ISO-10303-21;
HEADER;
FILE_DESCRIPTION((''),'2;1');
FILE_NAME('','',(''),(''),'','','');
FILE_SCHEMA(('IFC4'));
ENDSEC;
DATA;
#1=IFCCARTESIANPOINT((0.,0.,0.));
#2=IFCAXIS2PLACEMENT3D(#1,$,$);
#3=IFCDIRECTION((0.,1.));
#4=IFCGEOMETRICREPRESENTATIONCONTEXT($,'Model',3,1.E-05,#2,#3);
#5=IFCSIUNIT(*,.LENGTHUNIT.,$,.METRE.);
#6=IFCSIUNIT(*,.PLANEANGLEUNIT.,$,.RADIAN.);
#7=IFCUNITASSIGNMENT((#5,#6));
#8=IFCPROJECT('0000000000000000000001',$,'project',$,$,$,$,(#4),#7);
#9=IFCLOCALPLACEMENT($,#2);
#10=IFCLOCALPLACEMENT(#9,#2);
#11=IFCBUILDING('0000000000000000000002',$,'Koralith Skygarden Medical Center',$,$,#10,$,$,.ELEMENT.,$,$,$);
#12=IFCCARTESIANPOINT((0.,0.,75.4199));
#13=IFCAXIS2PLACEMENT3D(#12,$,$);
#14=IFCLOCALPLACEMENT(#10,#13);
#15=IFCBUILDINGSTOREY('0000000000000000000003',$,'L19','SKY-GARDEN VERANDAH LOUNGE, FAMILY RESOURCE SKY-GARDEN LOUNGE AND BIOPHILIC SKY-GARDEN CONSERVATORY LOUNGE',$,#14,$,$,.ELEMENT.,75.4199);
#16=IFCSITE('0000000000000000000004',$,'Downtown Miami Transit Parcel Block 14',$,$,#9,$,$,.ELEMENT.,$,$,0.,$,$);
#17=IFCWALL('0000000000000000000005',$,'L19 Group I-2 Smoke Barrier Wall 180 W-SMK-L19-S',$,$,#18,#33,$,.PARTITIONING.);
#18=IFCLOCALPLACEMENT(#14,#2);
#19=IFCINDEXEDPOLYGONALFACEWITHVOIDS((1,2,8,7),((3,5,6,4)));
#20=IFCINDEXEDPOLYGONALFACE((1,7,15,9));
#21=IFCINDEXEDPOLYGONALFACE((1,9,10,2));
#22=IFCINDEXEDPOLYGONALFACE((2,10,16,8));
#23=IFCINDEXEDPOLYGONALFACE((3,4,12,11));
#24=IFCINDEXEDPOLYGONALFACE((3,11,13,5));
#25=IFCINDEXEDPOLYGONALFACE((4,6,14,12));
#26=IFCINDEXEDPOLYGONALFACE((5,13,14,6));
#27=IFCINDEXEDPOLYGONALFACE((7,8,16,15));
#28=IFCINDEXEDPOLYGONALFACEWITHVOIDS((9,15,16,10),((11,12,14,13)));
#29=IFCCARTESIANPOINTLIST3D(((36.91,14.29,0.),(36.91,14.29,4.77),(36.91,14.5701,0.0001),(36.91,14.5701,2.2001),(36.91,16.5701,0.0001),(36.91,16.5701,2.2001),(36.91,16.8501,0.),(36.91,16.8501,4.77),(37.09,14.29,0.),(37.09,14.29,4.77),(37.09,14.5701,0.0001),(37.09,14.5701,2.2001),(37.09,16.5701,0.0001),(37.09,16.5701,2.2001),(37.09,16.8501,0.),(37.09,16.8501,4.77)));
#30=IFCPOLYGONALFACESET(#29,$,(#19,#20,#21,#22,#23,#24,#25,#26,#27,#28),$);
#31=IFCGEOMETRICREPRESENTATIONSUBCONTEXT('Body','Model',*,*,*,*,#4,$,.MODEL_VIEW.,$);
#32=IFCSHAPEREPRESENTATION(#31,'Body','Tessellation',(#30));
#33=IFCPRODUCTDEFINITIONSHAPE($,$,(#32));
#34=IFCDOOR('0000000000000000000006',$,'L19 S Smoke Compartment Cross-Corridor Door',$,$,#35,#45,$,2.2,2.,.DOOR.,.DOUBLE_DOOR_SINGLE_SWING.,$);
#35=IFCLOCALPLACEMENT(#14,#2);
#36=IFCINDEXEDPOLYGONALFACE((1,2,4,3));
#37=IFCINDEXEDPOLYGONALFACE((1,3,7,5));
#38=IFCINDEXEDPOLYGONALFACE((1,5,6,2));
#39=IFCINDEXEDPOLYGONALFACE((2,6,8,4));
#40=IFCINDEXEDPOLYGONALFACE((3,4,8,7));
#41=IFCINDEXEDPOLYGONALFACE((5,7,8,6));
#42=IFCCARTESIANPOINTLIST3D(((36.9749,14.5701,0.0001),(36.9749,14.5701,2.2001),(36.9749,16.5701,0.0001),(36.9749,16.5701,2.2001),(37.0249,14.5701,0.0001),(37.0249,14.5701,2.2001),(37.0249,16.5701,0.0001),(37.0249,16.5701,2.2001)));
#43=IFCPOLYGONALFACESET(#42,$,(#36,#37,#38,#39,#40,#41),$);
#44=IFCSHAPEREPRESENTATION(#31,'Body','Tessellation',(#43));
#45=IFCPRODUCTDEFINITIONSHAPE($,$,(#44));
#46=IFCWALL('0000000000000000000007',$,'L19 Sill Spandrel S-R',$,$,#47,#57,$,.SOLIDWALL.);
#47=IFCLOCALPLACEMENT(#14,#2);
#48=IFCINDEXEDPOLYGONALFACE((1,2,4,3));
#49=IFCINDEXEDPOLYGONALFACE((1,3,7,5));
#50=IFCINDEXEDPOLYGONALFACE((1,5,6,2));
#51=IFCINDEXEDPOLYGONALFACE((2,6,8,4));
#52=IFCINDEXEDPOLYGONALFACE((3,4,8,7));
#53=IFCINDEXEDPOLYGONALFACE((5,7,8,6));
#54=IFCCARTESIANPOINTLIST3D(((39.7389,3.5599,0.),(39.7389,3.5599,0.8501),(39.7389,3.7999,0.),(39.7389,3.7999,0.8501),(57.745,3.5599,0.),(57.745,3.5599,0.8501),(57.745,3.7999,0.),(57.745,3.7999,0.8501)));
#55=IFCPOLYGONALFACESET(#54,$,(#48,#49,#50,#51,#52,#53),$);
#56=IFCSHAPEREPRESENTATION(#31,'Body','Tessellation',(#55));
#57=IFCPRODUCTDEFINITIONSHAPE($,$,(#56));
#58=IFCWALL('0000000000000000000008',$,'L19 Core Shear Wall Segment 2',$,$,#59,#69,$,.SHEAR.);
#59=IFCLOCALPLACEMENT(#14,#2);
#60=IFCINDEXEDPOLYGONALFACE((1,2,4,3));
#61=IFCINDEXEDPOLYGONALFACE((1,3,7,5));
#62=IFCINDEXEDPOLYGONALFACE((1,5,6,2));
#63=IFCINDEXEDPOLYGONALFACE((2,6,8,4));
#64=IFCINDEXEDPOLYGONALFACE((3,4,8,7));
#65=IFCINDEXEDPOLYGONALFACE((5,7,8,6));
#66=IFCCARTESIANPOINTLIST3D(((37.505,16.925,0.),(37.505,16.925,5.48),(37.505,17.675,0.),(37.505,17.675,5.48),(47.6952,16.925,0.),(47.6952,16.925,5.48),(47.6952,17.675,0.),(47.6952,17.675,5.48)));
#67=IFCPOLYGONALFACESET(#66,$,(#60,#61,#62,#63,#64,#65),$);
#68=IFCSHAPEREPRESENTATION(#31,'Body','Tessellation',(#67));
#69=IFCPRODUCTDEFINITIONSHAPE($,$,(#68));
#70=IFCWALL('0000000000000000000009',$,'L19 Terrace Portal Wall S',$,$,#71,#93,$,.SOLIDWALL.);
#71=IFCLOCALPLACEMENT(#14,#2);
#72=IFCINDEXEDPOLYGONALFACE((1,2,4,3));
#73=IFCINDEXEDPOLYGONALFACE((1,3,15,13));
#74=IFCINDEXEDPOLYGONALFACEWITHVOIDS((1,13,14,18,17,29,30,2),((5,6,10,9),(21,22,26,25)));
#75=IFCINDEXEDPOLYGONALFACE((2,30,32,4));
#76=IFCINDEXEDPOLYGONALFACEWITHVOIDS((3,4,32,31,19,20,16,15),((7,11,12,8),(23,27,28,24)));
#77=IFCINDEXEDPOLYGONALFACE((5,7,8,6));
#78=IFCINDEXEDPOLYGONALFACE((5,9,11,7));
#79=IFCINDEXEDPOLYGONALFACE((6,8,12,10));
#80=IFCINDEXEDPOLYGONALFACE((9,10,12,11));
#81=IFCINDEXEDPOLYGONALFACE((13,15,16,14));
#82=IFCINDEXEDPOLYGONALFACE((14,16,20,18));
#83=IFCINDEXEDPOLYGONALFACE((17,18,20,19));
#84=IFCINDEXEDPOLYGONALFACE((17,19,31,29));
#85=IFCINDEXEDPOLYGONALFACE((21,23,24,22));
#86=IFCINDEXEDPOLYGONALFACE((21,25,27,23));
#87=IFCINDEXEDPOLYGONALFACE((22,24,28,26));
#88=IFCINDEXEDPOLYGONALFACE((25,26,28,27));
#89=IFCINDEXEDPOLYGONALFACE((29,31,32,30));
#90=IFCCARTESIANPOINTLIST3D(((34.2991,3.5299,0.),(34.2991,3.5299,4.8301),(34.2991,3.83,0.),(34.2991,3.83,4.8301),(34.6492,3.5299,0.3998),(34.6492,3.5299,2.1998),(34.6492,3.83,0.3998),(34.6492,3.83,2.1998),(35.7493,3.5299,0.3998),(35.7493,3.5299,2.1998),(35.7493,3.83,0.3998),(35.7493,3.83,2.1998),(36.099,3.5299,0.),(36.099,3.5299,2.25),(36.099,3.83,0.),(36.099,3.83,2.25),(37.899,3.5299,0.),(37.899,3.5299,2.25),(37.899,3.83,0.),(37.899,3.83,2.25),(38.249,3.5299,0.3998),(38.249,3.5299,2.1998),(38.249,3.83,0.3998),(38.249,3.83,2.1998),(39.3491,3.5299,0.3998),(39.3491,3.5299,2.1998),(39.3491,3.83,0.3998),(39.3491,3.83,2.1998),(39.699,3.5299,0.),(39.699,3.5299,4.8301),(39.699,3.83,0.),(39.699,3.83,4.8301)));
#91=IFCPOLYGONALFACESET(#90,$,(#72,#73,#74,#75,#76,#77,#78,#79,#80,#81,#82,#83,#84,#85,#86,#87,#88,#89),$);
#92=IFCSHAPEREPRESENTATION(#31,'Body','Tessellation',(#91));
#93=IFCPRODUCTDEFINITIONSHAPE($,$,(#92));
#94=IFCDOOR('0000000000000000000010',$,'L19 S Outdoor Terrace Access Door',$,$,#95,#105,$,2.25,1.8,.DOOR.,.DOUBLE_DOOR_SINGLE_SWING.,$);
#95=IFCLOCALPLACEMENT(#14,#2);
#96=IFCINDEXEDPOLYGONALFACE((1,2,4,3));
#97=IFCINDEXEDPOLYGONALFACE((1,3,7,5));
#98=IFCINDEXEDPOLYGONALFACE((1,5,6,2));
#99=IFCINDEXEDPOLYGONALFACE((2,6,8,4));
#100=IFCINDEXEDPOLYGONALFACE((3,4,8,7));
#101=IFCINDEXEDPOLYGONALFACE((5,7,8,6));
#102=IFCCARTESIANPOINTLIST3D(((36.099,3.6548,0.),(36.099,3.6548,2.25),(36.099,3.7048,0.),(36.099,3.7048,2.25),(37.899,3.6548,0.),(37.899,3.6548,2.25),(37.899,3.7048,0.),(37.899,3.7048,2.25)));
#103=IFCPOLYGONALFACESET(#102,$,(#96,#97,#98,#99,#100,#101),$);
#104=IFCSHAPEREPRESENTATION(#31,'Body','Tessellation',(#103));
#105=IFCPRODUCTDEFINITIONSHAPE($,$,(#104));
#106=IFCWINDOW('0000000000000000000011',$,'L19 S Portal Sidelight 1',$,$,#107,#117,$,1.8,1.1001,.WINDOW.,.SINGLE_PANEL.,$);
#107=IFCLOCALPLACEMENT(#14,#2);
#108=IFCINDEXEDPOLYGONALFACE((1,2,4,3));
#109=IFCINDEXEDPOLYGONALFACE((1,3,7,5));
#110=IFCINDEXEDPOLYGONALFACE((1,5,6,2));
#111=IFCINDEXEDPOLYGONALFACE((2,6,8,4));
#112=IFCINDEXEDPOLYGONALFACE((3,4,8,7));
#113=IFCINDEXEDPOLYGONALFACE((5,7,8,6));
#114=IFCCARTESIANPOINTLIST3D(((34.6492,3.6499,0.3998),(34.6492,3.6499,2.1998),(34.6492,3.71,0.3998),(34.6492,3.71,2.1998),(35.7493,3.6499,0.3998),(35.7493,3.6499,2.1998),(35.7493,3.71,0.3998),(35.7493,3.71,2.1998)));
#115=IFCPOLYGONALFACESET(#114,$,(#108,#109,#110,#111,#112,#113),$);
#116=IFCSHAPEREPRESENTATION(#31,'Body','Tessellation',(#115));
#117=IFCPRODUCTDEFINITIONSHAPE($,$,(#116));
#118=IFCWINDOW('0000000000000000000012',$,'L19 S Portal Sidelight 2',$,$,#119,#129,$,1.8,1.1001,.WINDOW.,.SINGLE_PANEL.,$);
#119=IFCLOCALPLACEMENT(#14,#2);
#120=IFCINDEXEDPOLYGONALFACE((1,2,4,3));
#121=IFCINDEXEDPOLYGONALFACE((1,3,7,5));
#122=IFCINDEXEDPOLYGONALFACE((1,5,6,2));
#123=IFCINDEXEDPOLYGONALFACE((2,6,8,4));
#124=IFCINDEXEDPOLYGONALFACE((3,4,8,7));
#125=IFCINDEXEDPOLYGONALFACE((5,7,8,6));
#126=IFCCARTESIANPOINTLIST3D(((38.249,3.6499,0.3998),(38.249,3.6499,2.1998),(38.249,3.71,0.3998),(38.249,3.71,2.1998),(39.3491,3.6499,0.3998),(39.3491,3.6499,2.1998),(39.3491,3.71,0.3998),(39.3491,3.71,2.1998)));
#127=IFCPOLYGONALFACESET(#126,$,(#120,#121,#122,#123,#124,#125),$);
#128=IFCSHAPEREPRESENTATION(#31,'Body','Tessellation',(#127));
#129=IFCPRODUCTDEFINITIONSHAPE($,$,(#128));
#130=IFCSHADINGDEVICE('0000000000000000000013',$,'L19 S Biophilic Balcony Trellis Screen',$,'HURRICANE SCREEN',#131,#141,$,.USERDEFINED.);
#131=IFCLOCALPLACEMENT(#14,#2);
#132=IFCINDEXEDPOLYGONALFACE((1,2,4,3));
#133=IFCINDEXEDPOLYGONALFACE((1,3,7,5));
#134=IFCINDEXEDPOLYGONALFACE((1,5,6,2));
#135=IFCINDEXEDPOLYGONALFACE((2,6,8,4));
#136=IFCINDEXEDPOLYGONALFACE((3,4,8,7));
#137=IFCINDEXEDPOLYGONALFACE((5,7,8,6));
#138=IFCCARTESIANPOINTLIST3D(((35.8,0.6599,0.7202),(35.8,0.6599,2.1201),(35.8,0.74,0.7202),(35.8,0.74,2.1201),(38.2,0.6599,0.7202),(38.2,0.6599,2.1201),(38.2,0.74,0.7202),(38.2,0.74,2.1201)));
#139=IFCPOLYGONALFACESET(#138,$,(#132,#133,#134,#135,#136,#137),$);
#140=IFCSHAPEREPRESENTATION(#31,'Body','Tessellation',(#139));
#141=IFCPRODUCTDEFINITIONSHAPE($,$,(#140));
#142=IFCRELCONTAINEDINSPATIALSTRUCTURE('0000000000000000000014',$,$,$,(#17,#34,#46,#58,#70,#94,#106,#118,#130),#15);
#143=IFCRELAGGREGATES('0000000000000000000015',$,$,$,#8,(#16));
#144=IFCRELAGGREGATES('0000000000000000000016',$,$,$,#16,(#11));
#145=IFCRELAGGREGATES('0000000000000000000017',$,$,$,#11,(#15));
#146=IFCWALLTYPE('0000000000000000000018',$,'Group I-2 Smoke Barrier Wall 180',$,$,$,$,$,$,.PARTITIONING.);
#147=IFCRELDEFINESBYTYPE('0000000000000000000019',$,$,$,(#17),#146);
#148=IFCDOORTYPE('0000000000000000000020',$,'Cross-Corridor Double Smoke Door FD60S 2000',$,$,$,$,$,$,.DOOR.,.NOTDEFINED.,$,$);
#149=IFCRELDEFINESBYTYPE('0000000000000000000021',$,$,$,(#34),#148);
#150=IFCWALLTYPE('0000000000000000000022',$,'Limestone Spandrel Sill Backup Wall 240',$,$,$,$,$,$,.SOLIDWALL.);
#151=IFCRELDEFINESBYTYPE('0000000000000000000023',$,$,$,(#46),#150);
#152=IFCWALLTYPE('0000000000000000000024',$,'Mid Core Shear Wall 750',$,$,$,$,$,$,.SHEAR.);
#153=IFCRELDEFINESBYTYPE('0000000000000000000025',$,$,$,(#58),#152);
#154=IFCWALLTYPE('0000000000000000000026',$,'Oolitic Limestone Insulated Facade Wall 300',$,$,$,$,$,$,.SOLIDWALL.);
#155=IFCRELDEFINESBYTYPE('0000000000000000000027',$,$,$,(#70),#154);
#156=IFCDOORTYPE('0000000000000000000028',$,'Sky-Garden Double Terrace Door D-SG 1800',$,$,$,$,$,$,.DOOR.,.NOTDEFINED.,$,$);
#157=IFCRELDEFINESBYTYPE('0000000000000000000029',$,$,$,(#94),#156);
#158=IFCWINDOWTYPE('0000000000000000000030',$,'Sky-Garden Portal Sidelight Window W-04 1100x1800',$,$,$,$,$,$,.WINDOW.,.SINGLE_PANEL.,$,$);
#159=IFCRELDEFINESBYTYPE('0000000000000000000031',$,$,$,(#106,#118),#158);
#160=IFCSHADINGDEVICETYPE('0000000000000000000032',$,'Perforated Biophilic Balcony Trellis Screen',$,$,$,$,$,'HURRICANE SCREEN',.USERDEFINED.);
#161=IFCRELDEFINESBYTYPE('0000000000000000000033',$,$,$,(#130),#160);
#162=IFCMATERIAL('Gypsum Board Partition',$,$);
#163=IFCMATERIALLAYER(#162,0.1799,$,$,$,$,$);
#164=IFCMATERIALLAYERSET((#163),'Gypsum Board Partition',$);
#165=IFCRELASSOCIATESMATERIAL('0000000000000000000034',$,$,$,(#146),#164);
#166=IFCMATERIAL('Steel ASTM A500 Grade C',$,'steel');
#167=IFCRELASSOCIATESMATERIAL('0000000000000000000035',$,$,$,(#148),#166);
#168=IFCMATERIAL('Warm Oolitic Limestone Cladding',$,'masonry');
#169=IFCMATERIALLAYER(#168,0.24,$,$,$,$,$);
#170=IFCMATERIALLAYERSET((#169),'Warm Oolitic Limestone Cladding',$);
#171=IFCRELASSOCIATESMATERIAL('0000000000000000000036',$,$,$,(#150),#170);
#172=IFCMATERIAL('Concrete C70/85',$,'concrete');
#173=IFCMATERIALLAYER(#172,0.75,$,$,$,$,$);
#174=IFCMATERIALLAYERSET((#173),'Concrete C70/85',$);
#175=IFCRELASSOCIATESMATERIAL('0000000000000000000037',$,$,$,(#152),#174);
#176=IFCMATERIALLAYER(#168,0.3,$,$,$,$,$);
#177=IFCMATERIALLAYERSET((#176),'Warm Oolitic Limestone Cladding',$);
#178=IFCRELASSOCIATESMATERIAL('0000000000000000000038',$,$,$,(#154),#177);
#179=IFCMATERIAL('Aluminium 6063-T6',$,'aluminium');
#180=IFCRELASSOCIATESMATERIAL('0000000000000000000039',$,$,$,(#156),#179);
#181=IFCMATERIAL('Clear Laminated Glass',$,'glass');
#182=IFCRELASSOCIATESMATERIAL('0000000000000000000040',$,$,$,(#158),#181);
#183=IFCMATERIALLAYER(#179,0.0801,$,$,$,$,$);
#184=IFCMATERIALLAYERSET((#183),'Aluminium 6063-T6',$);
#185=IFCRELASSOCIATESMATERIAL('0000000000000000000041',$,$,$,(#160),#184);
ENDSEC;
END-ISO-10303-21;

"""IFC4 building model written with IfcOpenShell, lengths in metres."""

from ifc_helpers import new_model, si_unit, direction, frame, frame_2d, origin, origin_2d, place, context, subcontext, project, spatial, rectangle, extrude, material, layer, layer_set, type_object, element, fill, save


model = new_model("IFC4")

# Units and contexts
model_context = context("Model", 3, precision=1e-05, world=origin(), true_north=direction((0.0, 1.0)))
body_context = subcontext(model_context, "Body", "Model", "MODEL_VIEW")
ifc_project = project(units=[si_unit("LENGTHUNIT", "METRE"), si_unit("PLANEANGLEUNIT", "RADIAN")], contexts=[model_context])

# Site, building, storey
site_placement = place(None, origin())
site = spatial("IfcSite", under=ifc_project, at=site_placement, Name="Downtown Miami Transit Parcel Block 14", CompositionType="ELEMENT", RefElevation=0.0)
building_placement = place(site_placement, origin())
building = spatial("IfcBuilding", under=site, at=building_placement, Name="Koralith Skygarden Medical Center", CompositionType="ELEMENT")
storey_placement = place(building_placement, frame((0.0, 0.0, 75.4199)))
storey = spatial("IfcBuildingStorey", under=building, at=storey_placement, Name="L19", Description="SKY-GARDEN VERANDAH LOUNGE, FAMILY RESOURCE SKY-GARDEN LOUNGE AND BIOPHILIC SKY-GARDEN CONSERVATORY LOUNGE", CompositionType="ELEMENT", Elevation=75.4199)

# Shared definitions
ifc_material_1 = material(Name="Concrete C70/85", Category="concrete")

# Shared definitions
ifc_material_2 = material(Name="Clear Laminated Glass", Category="glass")
ifc_material_3 = material(Name="Aluminium 6063-T6", Category="aluminium")

# Shared definitions
ifc_material_4 = material(Name="Gypsum Board Partition")

# Wall, opening, door
ifc_layer_1 = layer(ifc_material_4, 0.1799)
ifc_layer_set_1 = layer_set([ifc_layer_1], Name="Gypsum Board Partition")
wall_type_1 = type_object("IfcWallType", Name="Group I-2 Smoke Barrier Wall 180", PredefinedType="PARTITIONING", material=ifc_layer_set_1)
wall_1_placement = place(storey_placement, frame((37.0, 14.29, 0.0), z_axis=(0.0, 0.0, 1.0), x_axis=(0.0, 1.0, 0.0)))
wall_1 = element("IfcWall", 1, at=wall_1_placement, inside=storey, type_object=wall_type_1, Name="L19 Group I-2 Smoke Barrier Wall 180 W-SMK-L19-S", PredefinedType="PARTITIONING", context=body_context, shape_type="SweptSolid", body=[
    extrude(rectangle(XDim=2.5601, YDim=0.1799, at=frame_2d((1.28, 0.0))), origin(), (0.0, 0.0, 1.0), 4.77),
])
opening_1_placement = place(wall_1_placement, frame((0.28, 0.0, 0.0)))
opening_1 = element("IfcOpeningElement", 2, at=opening_1_placement, cuts=wall_1, PredefinedType="OPENING", context=body_context, shape_type="SweptSolid", body=[
    extrude(rectangle(XDim=2.0, YDim=2.2, at=frame_2d((1.0, 1.1001))), frame((0.0, 0.0999, 0.0), z_axis=(0.0, -1.0, 0.0), x_axis=(1.0, 0.0, 0.0)), (0.0, 0.0, 1.0), 0.2),
])
ifc_material_5 = material(Name="Steel ASTM A500 Grade C", Category="steel")
door_type_1 = type_object("IfcDoorType", Name="Cross-Corridor Double Smoke Door FD60S 2000", OperationType="NOTDEFINED", PredefinedType="DOOR", material=ifc_material_5)
door_1_placement = place(opening_1_placement, frame((2.0, 0.0, 0.0), z_axis=(0.0, 0.0, 1.0), x_axis=(-1.0, 0.0, 0.0)))
door_1 = element("IfcDoor", 3, at=door_1_placement, inside=storey, type_object=door_type_1, Name="L19 S Smoke Compartment Cross-Corridor Door", OperationType="DOUBLE_DOOR_SINGLE_SWING", OverallHeight=2.2, OverallWidth=2.0, PredefinedType="DOOR", context=body_context, shape_type="SweptSolid", body=[
    extrude(rectangle(XDim=2.0, YDim=2.2, at=frame_2d((1.0, 1.1001))), frame((0.0, 0.0249, 0.0), z_axis=(0.0, -1.0, 0.0), x_axis=(1.0, 0.0, 0.0)), (0.0, 0.0, 1.0), 0.05),
])
fill(opening_1, door_1)

# Walls
ifc_material_6 = material(Name="Warm Oolitic Limestone Cladding", Category="masonry")
ifc_layer_2 = layer(ifc_material_6, 0.24)
ifc_layer_set_2 = layer_set([ifc_layer_2], Name="Warm Oolitic Limestone Cladding")
wall_type_2 = type_object("IfcWallType", Name="Limestone Spandrel Sill Backup Wall 240", PredefinedType="SOLIDWALL", material=ifc_layer_set_2)
wall_2_placement = place(storey_placement, frame((39.739, 3.6799, 0.0), z_axis=(0.0, 0.0, 1.0), x_axis=(1.0, 0.0, 0.0)))
element("IfcWall", 4, at=wall_2_placement, inside=storey, type_object=wall_type_2, Name="L19 Sill Spandrel S-R", PredefinedType="SOLIDWALL", context=body_context, shape_type="SweptSolid", body=[
    extrude(rectangle(XDim=18.0061, YDim=0.24, at=frame_2d((9.0029, 0.0))), origin(), (0.0, 0.0, 1.0), 0.8501),
])
ifc_layer_3 = layer(ifc_material_1, 0.75)
ifc_layer_set_3 = layer_set([ifc_layer_3], Name="Concrete C70/85")
wall_type_3 = type_object("IfcWallType", Name="Mid Core Shear Wall 750", PredefinedType="SHEAR", material=ifc_layer_set_3)
wall_3_placement = place(storey_placement, frame((37.5049, 17.3, 0.0), z_axis=(0.0, 0.0, 1.0), x_axis=(1.0, 0.0, 0.0)))
element("IfcWall", 5, at=wall_3_placement, inside=storey, type_object=wall_type_3, Name="L19 Core Shear Wall Segment 2", PredefinedType="SHEAR", context=body_context, shape_type="SweptSolid", body=[
    extrude(rectangle(XDim=10.1902, YDim=0.75, at=frame_2d((5.0952, 0.0))), origin(), (0.0, 0.0, 1.0), 5.48),
])

# Wall, openings, door, windows
ifc_layer_4 = layer(ifc_material_6, 0.3)
ifc_layer_set_4 = layer_set([ifc_layer_4], Name="Warm Oolitic Limestone Cladding")
wall_type_4 = type_object("IfcWallType", Name="Oolitic Limestone Insulated Facade Wall 300", PredefinedType="SOLIDWALL", material=ifc_layer_set_4)
wall_4_placement = place(storey_placement, frame((34.2991, 3.6799, 0.0), z_axis=(0.0, 0.0, 1.0), x_axis=(1.0, 0.0, 0.0)))
wall_4 = element("IfcWall", 6, at=wall_4_placement, inside=storey, type_object=wall_type_4, Name="L19 Terrace Portal Wall S", PredefinedType="SOLIDWALL", context=body_context, shape_type="SweptSolid", body=[
    extrude(rectangle(XDim=5.3999, YDim=0.3, at=frame_2d((2.7, 0.0))), origin(), (0.0, 0.0, 1.0), 4.8301),
])
opening_2_placement = place(wall_4_placement, frame((1.8, 0.0, 0.0)))
opening_2 = element("IfcOpeningElement", 7, at=opening_2_placement, cuts=wall_4, PredefinedType="OPENING", context=body_context, shape_type="SweptSolid", body=[
    extrude(rectangle(XDim=1.8, YDim=2.25, at=frame_2d((0.8999, 1.125))), frame((0.0, 0.1599, 0.0), z_axis=(0.0, -1.0, 0.0), x_axis=(1.0, 0.0, 0.0)), (0.0, 0.0, 1.0), 0.3201),
])
opening_3_placement = place(wall_4_placement, frame((0.3501, 0.0, 0.3999)))
opening_3 = element("IfcOpeningElement", 8, at=opening_3_placement, cuts=wall_4, PredefinedType="OPENING", context=body_context, shape_type="SweptSolid", body=[
    extrude(rectangle(XDim=1.1001, YDim=1.8, at=frame_2d((0.55, 0.8999))), frame((0.0, 0.1599, 0.0), z_axis=(0.0, -1.0, 0.0), x_axis=(1.0, 0.0, 0.0)), (0.0, 0.0, 1.0), 0.3201),
])
opening_4_placement = place(wall_4_placement, frame((3.95, 0.0, 0.3999)))
opening_4 = element("IfcOpeningElement", 9, at=opening_4_placement, cuts=wall_4, PredefinedType="OPENING", context=body_context, shape_type="SweptSolid", body=[
    extrude(rectangle(XDim=1.1001, YDim=1.8, at=frame_2d((0.55, 0.8999))), frame((0.0, 0.1599, 0.0), z_axis=(0.0, -1.0, 0.0), x_axis=(1.0, 0.0, 0.0)), (0.0, 0.0, 1.0), 0.3201),
])
door_type_2 = type_object("IfcDoorType", Name="Sky-Garden Double Terrace Door D-SG 1800", OperationType="NOTDEFINED", PredefinedType="DOOR", material=ifc_material_3)
door_2_placement = place(opening_2_placement, origin())
door_2 = element("IfcDoor", 10, at=door_2_placement, inside=storey, type_object=door_type_2, Name="L19 S Outdoor Terrace Access Door", OperationType="DOUBLE_DOOR_SINGLE_SWING", OverallHeight=2.25, OverallWidth=1.8, PredefinedType="DOOR", context=body_context, shape_type="SweptSolid", body=[
    extrude(rectangle(XDim=1.8, YDim=2.25, at=frame_2d((0.8999, 1.125))), frame((0.0, 0.0249, 0.0), z_axis=(0.0, -1.0, 0.0), x_axis=(1.0, 0.0, 0.0)), (0.0, 0.0, 1.0), 0.05),
])
fill(opening_2, door_2)
window_type = type_object("IfcWindowType", Name="Sky-Garden Portal Sidelight Window W-04 1100x1800", PartitioningType="SINGLE_PANEL", PredefinedType="WINDOW", material=ifc_material_2)
window_1_placement = place(opening_3_placement, origin())
window_1 = element("IfcWindow", 11, at=window_1_placement, inside=storey, type_object=window_type, Name="L19 S Portal Sidelight 1", OverallHeight=1.8, OverallWidth=1.1001, PartitioningType="SINGLE_PANEL", PredefinedType="WINDOW", context=body_context, shape_type="SweptSolid", body=[
    extrude(rectangle(XDim=1.1001, YDim=1.8, at=frame_2d((0.55, 0.8999))), frame((0.0, 0.03, 0.0), z_axis=(0.0, -1.0, 0.0), x_axis=(1.0, 0.0, 0.0)), (0.0, 0.0, 1.0), 0.0601),
])
fill(opening_3, window_1)
window_2_placement = place(opening_4_placement, origin())
window_2 = element("IfcWindow", 12, at=window_2_placement, inside=storey, type_object=window_type, Name="L19 S Portal Sidelight 2", OverallHeight=1.8, OverallWidth=1.1001, PartitioningType="SINGLE_PANEL", PredefinedType="WINDOW", context=body_context, shape_type="SweptSolid", body=[
    extrude(rectangle(XDim=1.1001, YDim=1.8, at=frame_2d((0.55, 0.8999))), frame((0.0, 0.03, 0.0), z_axis=(0.0, -1.0, 0.0), x_axis=(1.0, 0.0, 0.0)), (0.0, 0.0, 1.0), 0.0601),
])
fill(opening_4, window_2)

# Shading device
ifc_layer_5 = layer(ifc_material_3, 0.0801)
ifc_layer_set_5 = layer_set([ifc_layer_5], Name="Aluminium 6063-T6")
shading_device_type = type_object("IfcShadingDeviceType", Name="Perforated Biophilic Balcony Trellis Screen", ElementType="HURRICANE SCREEN", PredefinedType="USERDEFINED", material=ifc_layer_set_5)
shading_device_placement = place(storey_placement, frame((37.0, 0.7, 0.7202), z_axis=(0.0, 0.0, 1.0), x_axis=(1.0, 0.0, 0.0)))
element("IfcShadingDevice", 13, at=shading_device_placement, inside=storey, type_object=shading_device_type, Name="L19 S Biophilic Balcony Trellis Screen", ObjectType="HURRICANE SCREEN", PredefinedType="USERDEFINED", context=body_context, shape_type="SweptSolid", body=[
    extrude(rectangle(XDim=2.3999, YDim=0.0801, at=origin_2d()), origin(), (0.0, 0.0, 1.0), 1.3999),
])

save(model, "model.ifc")
